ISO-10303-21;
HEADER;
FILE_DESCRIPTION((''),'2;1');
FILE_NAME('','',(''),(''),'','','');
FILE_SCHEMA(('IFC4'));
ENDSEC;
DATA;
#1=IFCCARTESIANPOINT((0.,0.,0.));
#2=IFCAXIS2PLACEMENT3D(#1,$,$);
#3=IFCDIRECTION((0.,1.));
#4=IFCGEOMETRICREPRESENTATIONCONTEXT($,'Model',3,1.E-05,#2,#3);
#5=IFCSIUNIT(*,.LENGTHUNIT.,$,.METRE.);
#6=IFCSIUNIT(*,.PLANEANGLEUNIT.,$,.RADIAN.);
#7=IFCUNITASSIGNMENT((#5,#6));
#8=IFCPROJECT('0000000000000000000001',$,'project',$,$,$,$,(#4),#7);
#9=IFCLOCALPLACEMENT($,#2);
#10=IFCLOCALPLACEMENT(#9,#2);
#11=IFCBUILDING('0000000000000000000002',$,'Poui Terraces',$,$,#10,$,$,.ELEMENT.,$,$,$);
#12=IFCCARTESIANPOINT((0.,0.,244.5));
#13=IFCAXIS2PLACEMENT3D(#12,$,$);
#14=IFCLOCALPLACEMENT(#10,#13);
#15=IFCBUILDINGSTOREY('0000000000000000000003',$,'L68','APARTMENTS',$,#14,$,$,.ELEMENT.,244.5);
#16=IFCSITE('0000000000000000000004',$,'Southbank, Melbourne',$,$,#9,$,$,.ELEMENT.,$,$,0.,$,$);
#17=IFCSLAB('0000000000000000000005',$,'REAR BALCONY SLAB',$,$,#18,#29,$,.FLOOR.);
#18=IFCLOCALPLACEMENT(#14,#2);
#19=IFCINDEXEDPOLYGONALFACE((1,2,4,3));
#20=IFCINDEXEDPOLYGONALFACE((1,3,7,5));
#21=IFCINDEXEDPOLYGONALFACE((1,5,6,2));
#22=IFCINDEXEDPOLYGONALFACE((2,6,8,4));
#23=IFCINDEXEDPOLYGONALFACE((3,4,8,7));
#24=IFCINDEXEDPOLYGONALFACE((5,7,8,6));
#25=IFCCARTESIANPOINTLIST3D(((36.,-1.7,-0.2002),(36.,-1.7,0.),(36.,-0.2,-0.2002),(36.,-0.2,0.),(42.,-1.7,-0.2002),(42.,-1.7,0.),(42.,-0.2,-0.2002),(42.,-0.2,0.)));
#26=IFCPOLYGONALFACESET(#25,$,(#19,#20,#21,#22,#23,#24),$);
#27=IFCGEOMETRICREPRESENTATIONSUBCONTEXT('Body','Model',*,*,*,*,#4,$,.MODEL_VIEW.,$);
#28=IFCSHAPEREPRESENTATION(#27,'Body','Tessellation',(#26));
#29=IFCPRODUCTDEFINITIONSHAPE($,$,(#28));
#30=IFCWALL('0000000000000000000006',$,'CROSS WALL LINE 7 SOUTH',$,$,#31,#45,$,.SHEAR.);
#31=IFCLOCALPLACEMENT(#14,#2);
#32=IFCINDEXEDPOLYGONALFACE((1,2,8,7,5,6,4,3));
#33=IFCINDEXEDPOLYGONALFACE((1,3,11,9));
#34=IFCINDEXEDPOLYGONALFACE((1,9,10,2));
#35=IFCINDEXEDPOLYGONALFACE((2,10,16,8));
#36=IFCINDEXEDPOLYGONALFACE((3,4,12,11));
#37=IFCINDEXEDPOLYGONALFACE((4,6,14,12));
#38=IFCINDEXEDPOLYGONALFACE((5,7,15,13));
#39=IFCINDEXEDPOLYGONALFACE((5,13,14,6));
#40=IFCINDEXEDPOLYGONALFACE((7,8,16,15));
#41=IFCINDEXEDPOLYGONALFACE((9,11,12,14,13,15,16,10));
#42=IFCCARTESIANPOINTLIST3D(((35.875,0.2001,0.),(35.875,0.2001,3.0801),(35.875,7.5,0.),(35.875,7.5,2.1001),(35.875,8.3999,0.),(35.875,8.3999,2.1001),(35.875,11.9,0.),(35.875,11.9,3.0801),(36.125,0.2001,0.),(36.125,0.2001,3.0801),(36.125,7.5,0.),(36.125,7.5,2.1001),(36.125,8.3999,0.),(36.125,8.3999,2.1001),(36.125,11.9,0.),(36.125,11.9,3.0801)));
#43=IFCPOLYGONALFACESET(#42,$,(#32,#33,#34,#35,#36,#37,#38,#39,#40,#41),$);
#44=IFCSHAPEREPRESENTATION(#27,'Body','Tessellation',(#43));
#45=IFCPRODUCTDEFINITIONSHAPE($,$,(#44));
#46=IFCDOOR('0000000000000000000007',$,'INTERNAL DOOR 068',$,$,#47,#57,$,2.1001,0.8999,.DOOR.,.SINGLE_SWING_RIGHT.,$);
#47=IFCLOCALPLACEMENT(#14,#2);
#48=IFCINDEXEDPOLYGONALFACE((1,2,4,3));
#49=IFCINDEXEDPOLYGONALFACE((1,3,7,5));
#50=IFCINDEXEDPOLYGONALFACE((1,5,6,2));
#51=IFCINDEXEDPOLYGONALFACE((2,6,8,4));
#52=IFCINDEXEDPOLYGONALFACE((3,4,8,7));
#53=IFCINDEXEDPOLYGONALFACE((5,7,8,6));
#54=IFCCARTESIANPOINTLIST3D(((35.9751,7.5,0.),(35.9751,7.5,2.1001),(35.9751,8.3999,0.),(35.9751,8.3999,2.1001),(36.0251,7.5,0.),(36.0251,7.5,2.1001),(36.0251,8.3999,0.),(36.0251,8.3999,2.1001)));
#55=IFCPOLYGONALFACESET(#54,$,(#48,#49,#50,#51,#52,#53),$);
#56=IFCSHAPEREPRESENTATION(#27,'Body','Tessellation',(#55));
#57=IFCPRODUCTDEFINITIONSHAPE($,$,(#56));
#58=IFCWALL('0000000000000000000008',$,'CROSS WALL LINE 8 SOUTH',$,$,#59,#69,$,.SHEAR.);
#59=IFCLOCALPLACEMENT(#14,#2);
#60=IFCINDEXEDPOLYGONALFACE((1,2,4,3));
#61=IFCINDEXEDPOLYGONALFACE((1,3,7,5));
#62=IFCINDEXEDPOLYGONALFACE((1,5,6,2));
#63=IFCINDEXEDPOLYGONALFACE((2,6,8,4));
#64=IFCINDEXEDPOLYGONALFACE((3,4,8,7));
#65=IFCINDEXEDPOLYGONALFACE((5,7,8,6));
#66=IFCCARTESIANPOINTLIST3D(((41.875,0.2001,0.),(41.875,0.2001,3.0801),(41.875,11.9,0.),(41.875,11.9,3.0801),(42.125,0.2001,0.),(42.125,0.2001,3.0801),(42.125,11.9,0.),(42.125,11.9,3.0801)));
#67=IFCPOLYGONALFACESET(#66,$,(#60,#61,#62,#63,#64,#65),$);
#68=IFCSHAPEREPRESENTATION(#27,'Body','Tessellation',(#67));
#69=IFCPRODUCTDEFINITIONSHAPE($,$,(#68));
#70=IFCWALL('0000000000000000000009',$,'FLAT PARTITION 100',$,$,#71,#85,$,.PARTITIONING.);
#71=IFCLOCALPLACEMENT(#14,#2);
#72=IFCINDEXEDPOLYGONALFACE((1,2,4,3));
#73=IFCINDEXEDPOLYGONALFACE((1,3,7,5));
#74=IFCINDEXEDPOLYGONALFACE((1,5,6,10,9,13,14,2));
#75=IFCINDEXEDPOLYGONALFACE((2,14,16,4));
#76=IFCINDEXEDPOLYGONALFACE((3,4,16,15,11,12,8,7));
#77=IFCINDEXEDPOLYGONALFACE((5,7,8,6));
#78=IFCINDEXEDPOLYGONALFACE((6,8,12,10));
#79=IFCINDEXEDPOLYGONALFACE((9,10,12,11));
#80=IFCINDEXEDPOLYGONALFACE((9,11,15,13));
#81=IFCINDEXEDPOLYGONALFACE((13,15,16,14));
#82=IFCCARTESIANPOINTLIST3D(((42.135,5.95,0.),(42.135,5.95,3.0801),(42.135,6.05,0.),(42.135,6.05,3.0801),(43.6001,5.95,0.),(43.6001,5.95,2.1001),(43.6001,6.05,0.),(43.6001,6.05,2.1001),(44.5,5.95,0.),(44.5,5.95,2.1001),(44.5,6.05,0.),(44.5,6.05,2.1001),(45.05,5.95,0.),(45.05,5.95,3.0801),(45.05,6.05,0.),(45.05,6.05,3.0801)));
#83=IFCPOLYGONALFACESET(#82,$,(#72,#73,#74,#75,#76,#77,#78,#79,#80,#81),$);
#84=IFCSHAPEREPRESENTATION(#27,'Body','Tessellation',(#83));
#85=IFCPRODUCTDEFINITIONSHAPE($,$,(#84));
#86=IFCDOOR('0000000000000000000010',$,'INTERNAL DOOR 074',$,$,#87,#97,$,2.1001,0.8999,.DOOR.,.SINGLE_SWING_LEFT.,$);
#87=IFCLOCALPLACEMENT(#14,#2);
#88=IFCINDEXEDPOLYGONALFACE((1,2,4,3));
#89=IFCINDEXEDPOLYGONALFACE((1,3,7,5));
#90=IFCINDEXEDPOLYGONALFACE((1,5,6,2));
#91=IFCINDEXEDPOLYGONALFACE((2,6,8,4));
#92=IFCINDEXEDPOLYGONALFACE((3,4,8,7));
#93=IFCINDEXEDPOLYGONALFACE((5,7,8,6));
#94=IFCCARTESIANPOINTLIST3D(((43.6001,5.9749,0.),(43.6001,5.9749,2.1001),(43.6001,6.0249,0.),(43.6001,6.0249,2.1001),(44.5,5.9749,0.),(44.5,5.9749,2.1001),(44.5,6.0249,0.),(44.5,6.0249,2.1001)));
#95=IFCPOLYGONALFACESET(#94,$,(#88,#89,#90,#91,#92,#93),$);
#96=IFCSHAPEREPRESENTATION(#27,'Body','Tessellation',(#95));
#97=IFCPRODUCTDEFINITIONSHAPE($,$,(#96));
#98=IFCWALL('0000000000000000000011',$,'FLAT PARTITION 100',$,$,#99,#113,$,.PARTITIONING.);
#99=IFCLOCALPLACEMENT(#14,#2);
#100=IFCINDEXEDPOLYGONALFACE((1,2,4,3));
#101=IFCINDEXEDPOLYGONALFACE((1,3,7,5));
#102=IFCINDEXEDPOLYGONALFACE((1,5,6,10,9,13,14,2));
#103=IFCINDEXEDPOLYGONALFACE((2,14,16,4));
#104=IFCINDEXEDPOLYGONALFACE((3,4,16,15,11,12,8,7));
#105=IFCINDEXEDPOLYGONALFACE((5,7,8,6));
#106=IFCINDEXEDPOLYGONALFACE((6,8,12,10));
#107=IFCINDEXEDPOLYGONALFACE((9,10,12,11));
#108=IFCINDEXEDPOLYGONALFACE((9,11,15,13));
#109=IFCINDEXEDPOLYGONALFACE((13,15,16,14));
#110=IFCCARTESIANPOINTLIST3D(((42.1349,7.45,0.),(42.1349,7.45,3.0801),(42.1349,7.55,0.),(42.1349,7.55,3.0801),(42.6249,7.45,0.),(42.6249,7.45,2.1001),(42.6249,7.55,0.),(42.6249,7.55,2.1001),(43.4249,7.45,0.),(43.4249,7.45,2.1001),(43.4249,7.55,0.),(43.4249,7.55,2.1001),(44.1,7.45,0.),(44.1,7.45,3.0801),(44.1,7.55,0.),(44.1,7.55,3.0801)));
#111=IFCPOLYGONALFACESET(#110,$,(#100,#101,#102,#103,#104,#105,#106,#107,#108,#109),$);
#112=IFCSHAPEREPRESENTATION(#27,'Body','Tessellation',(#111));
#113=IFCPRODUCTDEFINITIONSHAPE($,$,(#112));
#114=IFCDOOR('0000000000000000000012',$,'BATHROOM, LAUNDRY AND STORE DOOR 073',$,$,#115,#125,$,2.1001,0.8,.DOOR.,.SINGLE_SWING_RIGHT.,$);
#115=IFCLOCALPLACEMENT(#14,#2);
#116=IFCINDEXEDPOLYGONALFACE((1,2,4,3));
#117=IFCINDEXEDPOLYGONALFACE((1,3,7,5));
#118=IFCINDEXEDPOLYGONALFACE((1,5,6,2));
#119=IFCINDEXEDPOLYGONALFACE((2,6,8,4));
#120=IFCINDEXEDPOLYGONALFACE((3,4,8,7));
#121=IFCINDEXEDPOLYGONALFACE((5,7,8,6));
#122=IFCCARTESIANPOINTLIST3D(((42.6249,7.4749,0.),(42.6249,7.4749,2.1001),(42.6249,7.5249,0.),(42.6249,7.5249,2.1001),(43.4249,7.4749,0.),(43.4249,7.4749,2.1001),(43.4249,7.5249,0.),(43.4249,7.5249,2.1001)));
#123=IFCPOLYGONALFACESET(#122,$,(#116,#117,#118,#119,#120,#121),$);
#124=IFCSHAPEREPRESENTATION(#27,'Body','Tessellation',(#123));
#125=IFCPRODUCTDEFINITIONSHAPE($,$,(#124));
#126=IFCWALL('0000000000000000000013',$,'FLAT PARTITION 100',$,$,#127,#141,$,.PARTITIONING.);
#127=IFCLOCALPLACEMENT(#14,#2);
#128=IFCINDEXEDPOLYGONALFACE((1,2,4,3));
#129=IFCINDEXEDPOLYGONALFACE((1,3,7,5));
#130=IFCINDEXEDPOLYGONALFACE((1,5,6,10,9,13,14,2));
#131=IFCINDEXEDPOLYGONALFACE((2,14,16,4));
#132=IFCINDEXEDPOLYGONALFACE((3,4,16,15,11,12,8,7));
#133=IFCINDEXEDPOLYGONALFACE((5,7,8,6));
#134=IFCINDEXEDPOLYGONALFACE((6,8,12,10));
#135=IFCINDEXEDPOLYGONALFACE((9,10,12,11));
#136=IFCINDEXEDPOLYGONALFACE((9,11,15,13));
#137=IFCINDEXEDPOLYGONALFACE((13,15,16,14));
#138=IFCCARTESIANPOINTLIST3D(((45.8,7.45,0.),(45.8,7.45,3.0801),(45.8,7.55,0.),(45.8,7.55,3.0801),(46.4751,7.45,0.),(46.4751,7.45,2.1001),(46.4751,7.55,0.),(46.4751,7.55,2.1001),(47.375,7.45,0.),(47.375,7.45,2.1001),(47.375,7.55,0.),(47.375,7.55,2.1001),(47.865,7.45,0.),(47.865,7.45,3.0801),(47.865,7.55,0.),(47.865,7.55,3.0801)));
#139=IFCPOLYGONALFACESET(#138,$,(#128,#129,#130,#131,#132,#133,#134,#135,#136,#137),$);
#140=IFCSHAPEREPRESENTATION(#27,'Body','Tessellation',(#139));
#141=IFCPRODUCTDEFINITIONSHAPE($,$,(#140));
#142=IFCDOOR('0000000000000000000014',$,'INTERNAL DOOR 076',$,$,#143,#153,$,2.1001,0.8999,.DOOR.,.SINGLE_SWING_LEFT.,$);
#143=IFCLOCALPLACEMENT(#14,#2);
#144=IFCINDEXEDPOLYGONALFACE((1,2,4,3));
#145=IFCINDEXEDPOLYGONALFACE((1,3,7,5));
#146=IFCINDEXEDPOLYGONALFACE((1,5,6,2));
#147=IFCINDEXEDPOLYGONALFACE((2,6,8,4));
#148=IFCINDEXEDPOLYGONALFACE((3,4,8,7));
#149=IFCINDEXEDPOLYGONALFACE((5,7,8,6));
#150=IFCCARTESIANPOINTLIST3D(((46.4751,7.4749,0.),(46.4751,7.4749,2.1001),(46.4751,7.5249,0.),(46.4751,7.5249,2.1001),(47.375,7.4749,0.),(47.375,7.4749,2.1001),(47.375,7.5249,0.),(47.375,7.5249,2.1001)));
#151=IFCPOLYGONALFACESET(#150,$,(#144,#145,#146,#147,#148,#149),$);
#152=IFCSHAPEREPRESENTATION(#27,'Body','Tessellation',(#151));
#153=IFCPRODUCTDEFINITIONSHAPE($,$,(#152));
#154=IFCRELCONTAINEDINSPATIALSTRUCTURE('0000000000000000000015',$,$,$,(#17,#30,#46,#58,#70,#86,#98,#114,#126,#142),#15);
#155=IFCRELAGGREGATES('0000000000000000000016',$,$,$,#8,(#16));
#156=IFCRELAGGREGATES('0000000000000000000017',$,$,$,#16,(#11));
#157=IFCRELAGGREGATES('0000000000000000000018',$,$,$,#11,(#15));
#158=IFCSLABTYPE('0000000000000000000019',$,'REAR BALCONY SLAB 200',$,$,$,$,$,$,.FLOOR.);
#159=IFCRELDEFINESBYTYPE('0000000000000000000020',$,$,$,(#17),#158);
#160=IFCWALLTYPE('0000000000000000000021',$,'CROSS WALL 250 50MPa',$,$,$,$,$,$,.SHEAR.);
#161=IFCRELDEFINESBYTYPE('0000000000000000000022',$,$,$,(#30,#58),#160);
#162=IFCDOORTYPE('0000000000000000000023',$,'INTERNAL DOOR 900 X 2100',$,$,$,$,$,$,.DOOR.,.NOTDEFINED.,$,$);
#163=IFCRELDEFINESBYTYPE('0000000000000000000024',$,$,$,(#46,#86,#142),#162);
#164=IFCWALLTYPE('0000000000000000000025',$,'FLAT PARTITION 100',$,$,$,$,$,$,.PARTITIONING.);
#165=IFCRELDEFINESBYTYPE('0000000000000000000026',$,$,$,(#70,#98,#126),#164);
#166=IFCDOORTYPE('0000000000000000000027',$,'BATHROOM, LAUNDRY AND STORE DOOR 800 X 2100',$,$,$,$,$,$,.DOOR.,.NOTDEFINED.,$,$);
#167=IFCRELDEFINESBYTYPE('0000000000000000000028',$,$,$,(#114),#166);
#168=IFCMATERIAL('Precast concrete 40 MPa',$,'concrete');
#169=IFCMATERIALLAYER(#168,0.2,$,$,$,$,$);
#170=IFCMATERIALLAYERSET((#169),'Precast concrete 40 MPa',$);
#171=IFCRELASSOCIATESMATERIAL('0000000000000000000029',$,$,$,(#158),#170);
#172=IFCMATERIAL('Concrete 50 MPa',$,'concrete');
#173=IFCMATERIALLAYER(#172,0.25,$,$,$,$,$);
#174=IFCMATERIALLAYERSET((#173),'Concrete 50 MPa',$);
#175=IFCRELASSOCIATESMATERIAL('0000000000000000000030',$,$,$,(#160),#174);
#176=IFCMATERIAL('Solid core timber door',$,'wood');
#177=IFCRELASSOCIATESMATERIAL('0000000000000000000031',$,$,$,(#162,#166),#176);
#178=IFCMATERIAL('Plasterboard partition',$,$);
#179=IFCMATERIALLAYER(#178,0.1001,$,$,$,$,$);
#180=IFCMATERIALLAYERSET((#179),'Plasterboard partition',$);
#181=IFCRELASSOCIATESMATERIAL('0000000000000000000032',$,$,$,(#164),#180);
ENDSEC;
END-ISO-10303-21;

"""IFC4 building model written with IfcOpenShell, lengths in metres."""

from ifc_helpers import new_model, si_unit, direction, frame, frame_2d, origin, place, context, subcontext, project, spatial, polyline, rectangle, outline, extrude, source, transform, mapped, material, layer, layer_set, type_object, element, fill, save


model = new_model("IFC4")

# Units and contexts
model_context = context("Model", 3, precision=1e-05, world=origin(), true_north=direction((0.0, 1.0)))
body_context = subcontext(model_context, "Body", "Model", "MODEL_VIEW")
ifc_project = project(units=[si_unit("LENGTHUNIT", "METRE"), si_unit("PLANEANGLEUNIT", "RADIAN")], contexts=[model_context])

# Site, building, storey
site_placement = place(None, origin())
site = spatial("IfcSite", under=ifc_project, at=site_placement, Name="Southbank, Melbourne", CompositionType="ELEMENT", RefElevation=0.0)
building_placement = place(site_placement, origin())
building = spatial("IfcBuilding", under=site, at=building_placement, Name="Poui Terraces", CompositionType="ELEMENT")
storey_placement = place(building_placement, frame((0.0, 0.0, 244.5)))
storey = spatial("IfcBuildingStorey", under=building, at=storey_placement, Name="L68", Description="APARTMENTS", CompositionType="ELEMENT", Elevation=244.5)

# Slab
ifc_material_1 = material(Name="Precast concrete 40 MPa", Category="concrete")
ifc_layer_1 = layer(ifc_material_1, 0.2)
ifc_layer_set_1 = layer_set([ifc_layer_1], Name="Precast concrete 40 MPa")
slab_type = type_object("IfcSlabType", Name="REAR BALCONY SLAB 200", PredefinedType="FLOOR", material=ifc_layer_set_1)
shared_shape_1 = source(origin(), body_context, "Body", "SweptSolid", [
    extrude(outline(polyline([(0.0, 0.0), (6.0, 0.0), (6.0, 1.5), (0.0, 1.5), (0.0, 0.0)])), origin(), (0.0, 0.0, 1.0), 0.2002),
])
slab_placement = place(storey_placement, frame((36.0, -1.7, -0.2002)))
element("IfcSlab", 1, at=slab_placement, inside=storey, type_object=slab_type, Name="REAR BALCONY SLAB", PredefinedType="FLOOR", context=body_context, shape_type="MappedRepresentation", body=[
    mapped(shared_shape_1, transform((0.0, 0.0, 0.0))),
])

# Wall, opening, door
ifc_material_2 = material(Name="Concrete 50 MPa", Category="concrete")
ifc_layer_2 = layer(ifc_material_2, 0.25)
ifc_layer_set_2 = layer_set([ifc_layer_2], Name="Concrete 50 MPa")
wall_type_1 = type_object("IfcWallType", Name="CROSS WALL 250 50MPa", PredefinedType="SHEAR", material=ifc_layer_set_2)
wall_1_placement = place(storey_placement, frame((36.0, 0.2, 0.0), z_axis=(0.0, 0.0, 1.0), x_axis=(0.0, 1.0, 0.0)))
wall_1 = element("IfcWall", 2, at=wall_1_placement, inside=storey, type_object=wall_type_1, Name="CROSS WALL LINE 7 SOUTH", PredefinedType="SHEAR", context=body_context, shape_type="SweptSolid", body=[
    extrude(rectangle(XDim=11.7, YDim=0.25, at=frame_2d((5.8501, 0.0))), origin(), (0.0, 0.0, 1.0), 3.0801),
])
opening_1_placement = place(wall_1_placement, frame((7.3, 0.0, 0.0)))
opening_1 = element("IfcOpeningElement", 3, at=opening_1_placement, cuts=wall_1, PredefinedType="OPENING", context=body_context, shape_type="SweptSolid", body=[
    extrude(rectangle(XDim=0.8999, YDim=2.1001, at=frame_2d((0.45, 1.05))), frame((0.0, 0.135, 0.0), z_axis=(0.0, -1.0, 0.0), x_axis=(1.0, 0.0, 0.0)), (0.0, 0.0, 1.0), 0.27),
])
ifc_material_3 = material(Name="Solid core timber door", Category="wood")
door_type_1 = type_object("IfcDoorType", Name="INTERNAL DOOR 900 X 2100", OperationType="NOTDEFINED", PredefinedType="DOOR", material=ifc_material_3)
door_1_placement = place(opening_1_placement, origin())
door_1 = element("IfcDoor", 4, at=door_1_placement, inside=storey, type_object=door_type_1, Name="INTERNAL DOOR 068", OperationType="SINGLE_SWING_RIGHT", OverallHeight=2.1001, OverallWidth=0.8999, PredefinedType="DOOR", context=body_context, shape_type="SweptSolid", body=[
    extrude(rectangle(XDim=0.8999, YDim=2.1001, at=frame_2d((0.45, 1.05))), frame((0.0, 0.0249, 0.0), z_axis=(0.0, -1.0, 0.0), x_axis=(1.0, 0.0, 0.0)), (0.0, 0.0, 1.0), 0.05),
])
fill(opening_1, door_1)

# Wall
wall_2_placement = place(storey_placement, frame((42.0, 0.2, 0.0), z_axis=(0.0, 0.0, 1.0), x_axis=(0.0, 1.0, 0.0)))
element("IfcWall", 5, at=wall_2_placement, inside=storey, type_object=wall_type_1, Name="CROSS WALL LINE 8 SOUTH", PredefinedType="SHEAR", context=body_context, shape_type="SweptSolid", body=[
    extrude(rectangle(XDim=11.7, YDim=0.25, at=frame_2d((5.8501, 0.0))), origin(), (0.0, 0.0, 1.0), 3.0801),
])

# Walls, openings, doors
ifc_material_4 = material(Name="Plasterboard partition")
ifc_layer_3 = layer(ifc_material_4, 0.1001)
ifc_layer_set_3 = layer_set([ifc_layer_3], Name="Plasterboard partition")
wall_type_2 = type_object("IfcWallType", Name="FLAT PARTITION 100", PredefinedType="PARTITIONING", material=ifc_layer_set_3)
wall_3_placement = place(storey_placement, frame((42.135, 6.0, 0.0), z_axis=(0.0, 0.0, 1.0), x_axis=(1.0, 0.0, 0.0)))
wall_3 = element("IfcWall", 6, at=wall_3_placement, inside=storey, type_object=wall_type_2, Name="FLAT PARTITION 100", PredefinedType="PARTITIONING", context=body_context, shape_type="SweptSolid", body=[
    extrude(rectangle(XDim=2.915, YDim=0.1001, at=frame_2d((1.4575, 0.0))), origin(), (0.0, 0.0, 1.0), 3.0801),
])
opening_2_placement = place(wall_3_placement, frame((1.4651, 0.0, 0.0)))
opening_2 = element("IfcOpeningElement", 7, at=opening_2_placement, cuts=wall_3, PredefinedType="OPENING", context=body_context, shape_type="SweptSolid", body=[
    extrude(rectangle(XDim=0.8999, YDim=2.1001, at=frame_2d((0.45, 1.05))), frame((0.0, 0.0601, 0.0), z_axis=(0.0, -1.0, 0.0), x_axis=(1.0, 0.0, 0.0)), (0.0, 0.0, 1.0), 0.1201),
])
door_2_placement = place(opening_2_placement, origin())
door_2 = element("IfcDoor", 8, at=door_2_placement, inside=storey, type_object=door_type_1, Name="INTERNAL DOOR 074", OperationType="SINGLE_SWING_LEFT", OverallHeight=2.1001, OverallWidth=0.8999, PredefinedType="DOOR", context=body_context, shape_type="SweptSolid", body=[
    extrude(rectangle(XDim=0.8999, YDim=2.1001, at=frame_2d((0.45, 1.05))), frame((0.0, 0.0249, 0.0), z_axis=(0.0, -1.0, 0.0), x_axis=(1.0, 0.0, 0.0)), (0.0, 0.0, 1.0), 0.05),
])
fill(opening_2, door_2)
wall_4_placement = place(storey_placement, frame((42.135, 7.5, 0.0), z_axis=(0.0, 0.0, 1.0), x_axis=(1.0, 0.0, 0.0)))
wall_4 = element("IfcWall", 9, at=wall_4_placement, inside=storey, type_object=wall_type_2, Name="FLAT PARTITION 100", PredefinedType="PARTITIONING", context=body_context, shape_type="SweptSolid", body=[
    extrude(rectangle(XDim=1.9651, YDim=0.1001, at=frame_2d((0.9824, 0.0))), origin(), (0.0, 0.0, 1.0), 3.0801),
])
opening_3_placement = place(wall_4_placement, frame((0.49, 0.0, 0.0)))
opening_3 = element("IfcOpeningElement", 10, at=opening_3_placement, cuts=wall_4, PredefinedType="OPENING", context=body_context, shape_type="SweptSolid", body=[
    extrude(rectangle(XDim=0.8, YDim=2.1001, at=frame_2d((0.3999, 1.05))), frame((0.0, 0.0601, 0.0), z_axis=(0.0, -1.0, 0.0), x_axis=(1.0, 0.0, 0.0)), (0.0, 0.0, 1.0), 0.1201),
])
door_type_2 = type_object("IfcDoorType", Name="BATHROOM, LAUNDRY AND STORE DOOR 800 X 2100", OperationType="NOTDEFINED", PredefinedType="DOOR", material=ifc_material_3)
door_3_placement = place(opening_3_placement, origin())
door_3 = element("IfcDoor", 11, at=door_3_placement, inside=storey, type_object=door_type_2, Name="BATHROOM, LAUNDRY AND STORE DOOR 073", OperationType="SINGLE_SWING_RIGHT", OverallHeight=2.1001, OverallWidth=0.8, PredefinedType="DOOR", context=body_context, shape_type="SweptSolid", body=[
    extrude(rectangle(XDim=0.8, YDim=2.1001, at=frame_2d((0.3999, 1.05))), frame((0.0, 0.0249, 0.0), z_axis=(0.0, -1.0, 0.0), x_axis=(1.0, 0.0, 0.0)), (0.0, 0.0, 1.0), 0.05),
])
fill(opening_3, door_3)
wall_5_placement = place(storey_placement, frame((45.8, 7.5, 0.0), z_axis=(0.0, 0.0, 1.0), x_axis=(1.0, 0.0, 0.0)))
wall_5 = element("IfcWall", 12, at=wall_5_placement, inside=storey, type_object=wall_type_2, Name="FLAT PARTITION 100", PredefinedType="PARTITIONING", context=body_context, shape_type="SweptSolid", body=[
    extrude(rectangle(XDim=2.0649, YDim=0.1001, at=frame_2d((1.0325, 0.0))), origin(), (0.0, 0.0, 1.0), 3.0801),
])
opening_4_placement = place(wall_5_placement, frame((0.675, 0.0, 0.0)))
opening_4 = element("IfcOpeningElement", 13, at=opening_4_placement, cuts=wall_5, PredefinedType="OPENING", context=body_context, shape_type="SweptSolid", body=[
    extrude(rectangle(XDim=0.8999, YDim=2.1001, at=frame_2d((0.45, 1.05))), frame((0.0, 0.0601, 0.0), z_axis=(0.0, -1.0, 0.0), x_axis=(1.0, 0.0, 0.0)), (0.0, 0.0, 1.0), 0.1201),
])
door_4_placement = place(opening_4_placement, origin())
door_4 = element("IfcDoor", 14, at=door_4_placement, inside=storey, type_object=door_type_1, Name="INTERNAL DOOR 076", OperationType="SINGLE_SWING_LEFT", OverallHeight=2.1001, OverallWidth=0.8999, PredefinedType="DOOR", context=body_context, shape_type="SweptSolid", body=[
    extrude(rectangle(XDim=0.8999, YDim=2.1001, at=frame_2d((0.45, 1.05))), frame((0.0, 0.0249, 0.0), z_axis=(0.0, -1.0, 0.0), x_axis=(1.0, 0.0, 0.0)), (0.0, 0.0, 1.0), 0.05),
])
fill(opening_4, door_4)

save(model, "model.ifc")
